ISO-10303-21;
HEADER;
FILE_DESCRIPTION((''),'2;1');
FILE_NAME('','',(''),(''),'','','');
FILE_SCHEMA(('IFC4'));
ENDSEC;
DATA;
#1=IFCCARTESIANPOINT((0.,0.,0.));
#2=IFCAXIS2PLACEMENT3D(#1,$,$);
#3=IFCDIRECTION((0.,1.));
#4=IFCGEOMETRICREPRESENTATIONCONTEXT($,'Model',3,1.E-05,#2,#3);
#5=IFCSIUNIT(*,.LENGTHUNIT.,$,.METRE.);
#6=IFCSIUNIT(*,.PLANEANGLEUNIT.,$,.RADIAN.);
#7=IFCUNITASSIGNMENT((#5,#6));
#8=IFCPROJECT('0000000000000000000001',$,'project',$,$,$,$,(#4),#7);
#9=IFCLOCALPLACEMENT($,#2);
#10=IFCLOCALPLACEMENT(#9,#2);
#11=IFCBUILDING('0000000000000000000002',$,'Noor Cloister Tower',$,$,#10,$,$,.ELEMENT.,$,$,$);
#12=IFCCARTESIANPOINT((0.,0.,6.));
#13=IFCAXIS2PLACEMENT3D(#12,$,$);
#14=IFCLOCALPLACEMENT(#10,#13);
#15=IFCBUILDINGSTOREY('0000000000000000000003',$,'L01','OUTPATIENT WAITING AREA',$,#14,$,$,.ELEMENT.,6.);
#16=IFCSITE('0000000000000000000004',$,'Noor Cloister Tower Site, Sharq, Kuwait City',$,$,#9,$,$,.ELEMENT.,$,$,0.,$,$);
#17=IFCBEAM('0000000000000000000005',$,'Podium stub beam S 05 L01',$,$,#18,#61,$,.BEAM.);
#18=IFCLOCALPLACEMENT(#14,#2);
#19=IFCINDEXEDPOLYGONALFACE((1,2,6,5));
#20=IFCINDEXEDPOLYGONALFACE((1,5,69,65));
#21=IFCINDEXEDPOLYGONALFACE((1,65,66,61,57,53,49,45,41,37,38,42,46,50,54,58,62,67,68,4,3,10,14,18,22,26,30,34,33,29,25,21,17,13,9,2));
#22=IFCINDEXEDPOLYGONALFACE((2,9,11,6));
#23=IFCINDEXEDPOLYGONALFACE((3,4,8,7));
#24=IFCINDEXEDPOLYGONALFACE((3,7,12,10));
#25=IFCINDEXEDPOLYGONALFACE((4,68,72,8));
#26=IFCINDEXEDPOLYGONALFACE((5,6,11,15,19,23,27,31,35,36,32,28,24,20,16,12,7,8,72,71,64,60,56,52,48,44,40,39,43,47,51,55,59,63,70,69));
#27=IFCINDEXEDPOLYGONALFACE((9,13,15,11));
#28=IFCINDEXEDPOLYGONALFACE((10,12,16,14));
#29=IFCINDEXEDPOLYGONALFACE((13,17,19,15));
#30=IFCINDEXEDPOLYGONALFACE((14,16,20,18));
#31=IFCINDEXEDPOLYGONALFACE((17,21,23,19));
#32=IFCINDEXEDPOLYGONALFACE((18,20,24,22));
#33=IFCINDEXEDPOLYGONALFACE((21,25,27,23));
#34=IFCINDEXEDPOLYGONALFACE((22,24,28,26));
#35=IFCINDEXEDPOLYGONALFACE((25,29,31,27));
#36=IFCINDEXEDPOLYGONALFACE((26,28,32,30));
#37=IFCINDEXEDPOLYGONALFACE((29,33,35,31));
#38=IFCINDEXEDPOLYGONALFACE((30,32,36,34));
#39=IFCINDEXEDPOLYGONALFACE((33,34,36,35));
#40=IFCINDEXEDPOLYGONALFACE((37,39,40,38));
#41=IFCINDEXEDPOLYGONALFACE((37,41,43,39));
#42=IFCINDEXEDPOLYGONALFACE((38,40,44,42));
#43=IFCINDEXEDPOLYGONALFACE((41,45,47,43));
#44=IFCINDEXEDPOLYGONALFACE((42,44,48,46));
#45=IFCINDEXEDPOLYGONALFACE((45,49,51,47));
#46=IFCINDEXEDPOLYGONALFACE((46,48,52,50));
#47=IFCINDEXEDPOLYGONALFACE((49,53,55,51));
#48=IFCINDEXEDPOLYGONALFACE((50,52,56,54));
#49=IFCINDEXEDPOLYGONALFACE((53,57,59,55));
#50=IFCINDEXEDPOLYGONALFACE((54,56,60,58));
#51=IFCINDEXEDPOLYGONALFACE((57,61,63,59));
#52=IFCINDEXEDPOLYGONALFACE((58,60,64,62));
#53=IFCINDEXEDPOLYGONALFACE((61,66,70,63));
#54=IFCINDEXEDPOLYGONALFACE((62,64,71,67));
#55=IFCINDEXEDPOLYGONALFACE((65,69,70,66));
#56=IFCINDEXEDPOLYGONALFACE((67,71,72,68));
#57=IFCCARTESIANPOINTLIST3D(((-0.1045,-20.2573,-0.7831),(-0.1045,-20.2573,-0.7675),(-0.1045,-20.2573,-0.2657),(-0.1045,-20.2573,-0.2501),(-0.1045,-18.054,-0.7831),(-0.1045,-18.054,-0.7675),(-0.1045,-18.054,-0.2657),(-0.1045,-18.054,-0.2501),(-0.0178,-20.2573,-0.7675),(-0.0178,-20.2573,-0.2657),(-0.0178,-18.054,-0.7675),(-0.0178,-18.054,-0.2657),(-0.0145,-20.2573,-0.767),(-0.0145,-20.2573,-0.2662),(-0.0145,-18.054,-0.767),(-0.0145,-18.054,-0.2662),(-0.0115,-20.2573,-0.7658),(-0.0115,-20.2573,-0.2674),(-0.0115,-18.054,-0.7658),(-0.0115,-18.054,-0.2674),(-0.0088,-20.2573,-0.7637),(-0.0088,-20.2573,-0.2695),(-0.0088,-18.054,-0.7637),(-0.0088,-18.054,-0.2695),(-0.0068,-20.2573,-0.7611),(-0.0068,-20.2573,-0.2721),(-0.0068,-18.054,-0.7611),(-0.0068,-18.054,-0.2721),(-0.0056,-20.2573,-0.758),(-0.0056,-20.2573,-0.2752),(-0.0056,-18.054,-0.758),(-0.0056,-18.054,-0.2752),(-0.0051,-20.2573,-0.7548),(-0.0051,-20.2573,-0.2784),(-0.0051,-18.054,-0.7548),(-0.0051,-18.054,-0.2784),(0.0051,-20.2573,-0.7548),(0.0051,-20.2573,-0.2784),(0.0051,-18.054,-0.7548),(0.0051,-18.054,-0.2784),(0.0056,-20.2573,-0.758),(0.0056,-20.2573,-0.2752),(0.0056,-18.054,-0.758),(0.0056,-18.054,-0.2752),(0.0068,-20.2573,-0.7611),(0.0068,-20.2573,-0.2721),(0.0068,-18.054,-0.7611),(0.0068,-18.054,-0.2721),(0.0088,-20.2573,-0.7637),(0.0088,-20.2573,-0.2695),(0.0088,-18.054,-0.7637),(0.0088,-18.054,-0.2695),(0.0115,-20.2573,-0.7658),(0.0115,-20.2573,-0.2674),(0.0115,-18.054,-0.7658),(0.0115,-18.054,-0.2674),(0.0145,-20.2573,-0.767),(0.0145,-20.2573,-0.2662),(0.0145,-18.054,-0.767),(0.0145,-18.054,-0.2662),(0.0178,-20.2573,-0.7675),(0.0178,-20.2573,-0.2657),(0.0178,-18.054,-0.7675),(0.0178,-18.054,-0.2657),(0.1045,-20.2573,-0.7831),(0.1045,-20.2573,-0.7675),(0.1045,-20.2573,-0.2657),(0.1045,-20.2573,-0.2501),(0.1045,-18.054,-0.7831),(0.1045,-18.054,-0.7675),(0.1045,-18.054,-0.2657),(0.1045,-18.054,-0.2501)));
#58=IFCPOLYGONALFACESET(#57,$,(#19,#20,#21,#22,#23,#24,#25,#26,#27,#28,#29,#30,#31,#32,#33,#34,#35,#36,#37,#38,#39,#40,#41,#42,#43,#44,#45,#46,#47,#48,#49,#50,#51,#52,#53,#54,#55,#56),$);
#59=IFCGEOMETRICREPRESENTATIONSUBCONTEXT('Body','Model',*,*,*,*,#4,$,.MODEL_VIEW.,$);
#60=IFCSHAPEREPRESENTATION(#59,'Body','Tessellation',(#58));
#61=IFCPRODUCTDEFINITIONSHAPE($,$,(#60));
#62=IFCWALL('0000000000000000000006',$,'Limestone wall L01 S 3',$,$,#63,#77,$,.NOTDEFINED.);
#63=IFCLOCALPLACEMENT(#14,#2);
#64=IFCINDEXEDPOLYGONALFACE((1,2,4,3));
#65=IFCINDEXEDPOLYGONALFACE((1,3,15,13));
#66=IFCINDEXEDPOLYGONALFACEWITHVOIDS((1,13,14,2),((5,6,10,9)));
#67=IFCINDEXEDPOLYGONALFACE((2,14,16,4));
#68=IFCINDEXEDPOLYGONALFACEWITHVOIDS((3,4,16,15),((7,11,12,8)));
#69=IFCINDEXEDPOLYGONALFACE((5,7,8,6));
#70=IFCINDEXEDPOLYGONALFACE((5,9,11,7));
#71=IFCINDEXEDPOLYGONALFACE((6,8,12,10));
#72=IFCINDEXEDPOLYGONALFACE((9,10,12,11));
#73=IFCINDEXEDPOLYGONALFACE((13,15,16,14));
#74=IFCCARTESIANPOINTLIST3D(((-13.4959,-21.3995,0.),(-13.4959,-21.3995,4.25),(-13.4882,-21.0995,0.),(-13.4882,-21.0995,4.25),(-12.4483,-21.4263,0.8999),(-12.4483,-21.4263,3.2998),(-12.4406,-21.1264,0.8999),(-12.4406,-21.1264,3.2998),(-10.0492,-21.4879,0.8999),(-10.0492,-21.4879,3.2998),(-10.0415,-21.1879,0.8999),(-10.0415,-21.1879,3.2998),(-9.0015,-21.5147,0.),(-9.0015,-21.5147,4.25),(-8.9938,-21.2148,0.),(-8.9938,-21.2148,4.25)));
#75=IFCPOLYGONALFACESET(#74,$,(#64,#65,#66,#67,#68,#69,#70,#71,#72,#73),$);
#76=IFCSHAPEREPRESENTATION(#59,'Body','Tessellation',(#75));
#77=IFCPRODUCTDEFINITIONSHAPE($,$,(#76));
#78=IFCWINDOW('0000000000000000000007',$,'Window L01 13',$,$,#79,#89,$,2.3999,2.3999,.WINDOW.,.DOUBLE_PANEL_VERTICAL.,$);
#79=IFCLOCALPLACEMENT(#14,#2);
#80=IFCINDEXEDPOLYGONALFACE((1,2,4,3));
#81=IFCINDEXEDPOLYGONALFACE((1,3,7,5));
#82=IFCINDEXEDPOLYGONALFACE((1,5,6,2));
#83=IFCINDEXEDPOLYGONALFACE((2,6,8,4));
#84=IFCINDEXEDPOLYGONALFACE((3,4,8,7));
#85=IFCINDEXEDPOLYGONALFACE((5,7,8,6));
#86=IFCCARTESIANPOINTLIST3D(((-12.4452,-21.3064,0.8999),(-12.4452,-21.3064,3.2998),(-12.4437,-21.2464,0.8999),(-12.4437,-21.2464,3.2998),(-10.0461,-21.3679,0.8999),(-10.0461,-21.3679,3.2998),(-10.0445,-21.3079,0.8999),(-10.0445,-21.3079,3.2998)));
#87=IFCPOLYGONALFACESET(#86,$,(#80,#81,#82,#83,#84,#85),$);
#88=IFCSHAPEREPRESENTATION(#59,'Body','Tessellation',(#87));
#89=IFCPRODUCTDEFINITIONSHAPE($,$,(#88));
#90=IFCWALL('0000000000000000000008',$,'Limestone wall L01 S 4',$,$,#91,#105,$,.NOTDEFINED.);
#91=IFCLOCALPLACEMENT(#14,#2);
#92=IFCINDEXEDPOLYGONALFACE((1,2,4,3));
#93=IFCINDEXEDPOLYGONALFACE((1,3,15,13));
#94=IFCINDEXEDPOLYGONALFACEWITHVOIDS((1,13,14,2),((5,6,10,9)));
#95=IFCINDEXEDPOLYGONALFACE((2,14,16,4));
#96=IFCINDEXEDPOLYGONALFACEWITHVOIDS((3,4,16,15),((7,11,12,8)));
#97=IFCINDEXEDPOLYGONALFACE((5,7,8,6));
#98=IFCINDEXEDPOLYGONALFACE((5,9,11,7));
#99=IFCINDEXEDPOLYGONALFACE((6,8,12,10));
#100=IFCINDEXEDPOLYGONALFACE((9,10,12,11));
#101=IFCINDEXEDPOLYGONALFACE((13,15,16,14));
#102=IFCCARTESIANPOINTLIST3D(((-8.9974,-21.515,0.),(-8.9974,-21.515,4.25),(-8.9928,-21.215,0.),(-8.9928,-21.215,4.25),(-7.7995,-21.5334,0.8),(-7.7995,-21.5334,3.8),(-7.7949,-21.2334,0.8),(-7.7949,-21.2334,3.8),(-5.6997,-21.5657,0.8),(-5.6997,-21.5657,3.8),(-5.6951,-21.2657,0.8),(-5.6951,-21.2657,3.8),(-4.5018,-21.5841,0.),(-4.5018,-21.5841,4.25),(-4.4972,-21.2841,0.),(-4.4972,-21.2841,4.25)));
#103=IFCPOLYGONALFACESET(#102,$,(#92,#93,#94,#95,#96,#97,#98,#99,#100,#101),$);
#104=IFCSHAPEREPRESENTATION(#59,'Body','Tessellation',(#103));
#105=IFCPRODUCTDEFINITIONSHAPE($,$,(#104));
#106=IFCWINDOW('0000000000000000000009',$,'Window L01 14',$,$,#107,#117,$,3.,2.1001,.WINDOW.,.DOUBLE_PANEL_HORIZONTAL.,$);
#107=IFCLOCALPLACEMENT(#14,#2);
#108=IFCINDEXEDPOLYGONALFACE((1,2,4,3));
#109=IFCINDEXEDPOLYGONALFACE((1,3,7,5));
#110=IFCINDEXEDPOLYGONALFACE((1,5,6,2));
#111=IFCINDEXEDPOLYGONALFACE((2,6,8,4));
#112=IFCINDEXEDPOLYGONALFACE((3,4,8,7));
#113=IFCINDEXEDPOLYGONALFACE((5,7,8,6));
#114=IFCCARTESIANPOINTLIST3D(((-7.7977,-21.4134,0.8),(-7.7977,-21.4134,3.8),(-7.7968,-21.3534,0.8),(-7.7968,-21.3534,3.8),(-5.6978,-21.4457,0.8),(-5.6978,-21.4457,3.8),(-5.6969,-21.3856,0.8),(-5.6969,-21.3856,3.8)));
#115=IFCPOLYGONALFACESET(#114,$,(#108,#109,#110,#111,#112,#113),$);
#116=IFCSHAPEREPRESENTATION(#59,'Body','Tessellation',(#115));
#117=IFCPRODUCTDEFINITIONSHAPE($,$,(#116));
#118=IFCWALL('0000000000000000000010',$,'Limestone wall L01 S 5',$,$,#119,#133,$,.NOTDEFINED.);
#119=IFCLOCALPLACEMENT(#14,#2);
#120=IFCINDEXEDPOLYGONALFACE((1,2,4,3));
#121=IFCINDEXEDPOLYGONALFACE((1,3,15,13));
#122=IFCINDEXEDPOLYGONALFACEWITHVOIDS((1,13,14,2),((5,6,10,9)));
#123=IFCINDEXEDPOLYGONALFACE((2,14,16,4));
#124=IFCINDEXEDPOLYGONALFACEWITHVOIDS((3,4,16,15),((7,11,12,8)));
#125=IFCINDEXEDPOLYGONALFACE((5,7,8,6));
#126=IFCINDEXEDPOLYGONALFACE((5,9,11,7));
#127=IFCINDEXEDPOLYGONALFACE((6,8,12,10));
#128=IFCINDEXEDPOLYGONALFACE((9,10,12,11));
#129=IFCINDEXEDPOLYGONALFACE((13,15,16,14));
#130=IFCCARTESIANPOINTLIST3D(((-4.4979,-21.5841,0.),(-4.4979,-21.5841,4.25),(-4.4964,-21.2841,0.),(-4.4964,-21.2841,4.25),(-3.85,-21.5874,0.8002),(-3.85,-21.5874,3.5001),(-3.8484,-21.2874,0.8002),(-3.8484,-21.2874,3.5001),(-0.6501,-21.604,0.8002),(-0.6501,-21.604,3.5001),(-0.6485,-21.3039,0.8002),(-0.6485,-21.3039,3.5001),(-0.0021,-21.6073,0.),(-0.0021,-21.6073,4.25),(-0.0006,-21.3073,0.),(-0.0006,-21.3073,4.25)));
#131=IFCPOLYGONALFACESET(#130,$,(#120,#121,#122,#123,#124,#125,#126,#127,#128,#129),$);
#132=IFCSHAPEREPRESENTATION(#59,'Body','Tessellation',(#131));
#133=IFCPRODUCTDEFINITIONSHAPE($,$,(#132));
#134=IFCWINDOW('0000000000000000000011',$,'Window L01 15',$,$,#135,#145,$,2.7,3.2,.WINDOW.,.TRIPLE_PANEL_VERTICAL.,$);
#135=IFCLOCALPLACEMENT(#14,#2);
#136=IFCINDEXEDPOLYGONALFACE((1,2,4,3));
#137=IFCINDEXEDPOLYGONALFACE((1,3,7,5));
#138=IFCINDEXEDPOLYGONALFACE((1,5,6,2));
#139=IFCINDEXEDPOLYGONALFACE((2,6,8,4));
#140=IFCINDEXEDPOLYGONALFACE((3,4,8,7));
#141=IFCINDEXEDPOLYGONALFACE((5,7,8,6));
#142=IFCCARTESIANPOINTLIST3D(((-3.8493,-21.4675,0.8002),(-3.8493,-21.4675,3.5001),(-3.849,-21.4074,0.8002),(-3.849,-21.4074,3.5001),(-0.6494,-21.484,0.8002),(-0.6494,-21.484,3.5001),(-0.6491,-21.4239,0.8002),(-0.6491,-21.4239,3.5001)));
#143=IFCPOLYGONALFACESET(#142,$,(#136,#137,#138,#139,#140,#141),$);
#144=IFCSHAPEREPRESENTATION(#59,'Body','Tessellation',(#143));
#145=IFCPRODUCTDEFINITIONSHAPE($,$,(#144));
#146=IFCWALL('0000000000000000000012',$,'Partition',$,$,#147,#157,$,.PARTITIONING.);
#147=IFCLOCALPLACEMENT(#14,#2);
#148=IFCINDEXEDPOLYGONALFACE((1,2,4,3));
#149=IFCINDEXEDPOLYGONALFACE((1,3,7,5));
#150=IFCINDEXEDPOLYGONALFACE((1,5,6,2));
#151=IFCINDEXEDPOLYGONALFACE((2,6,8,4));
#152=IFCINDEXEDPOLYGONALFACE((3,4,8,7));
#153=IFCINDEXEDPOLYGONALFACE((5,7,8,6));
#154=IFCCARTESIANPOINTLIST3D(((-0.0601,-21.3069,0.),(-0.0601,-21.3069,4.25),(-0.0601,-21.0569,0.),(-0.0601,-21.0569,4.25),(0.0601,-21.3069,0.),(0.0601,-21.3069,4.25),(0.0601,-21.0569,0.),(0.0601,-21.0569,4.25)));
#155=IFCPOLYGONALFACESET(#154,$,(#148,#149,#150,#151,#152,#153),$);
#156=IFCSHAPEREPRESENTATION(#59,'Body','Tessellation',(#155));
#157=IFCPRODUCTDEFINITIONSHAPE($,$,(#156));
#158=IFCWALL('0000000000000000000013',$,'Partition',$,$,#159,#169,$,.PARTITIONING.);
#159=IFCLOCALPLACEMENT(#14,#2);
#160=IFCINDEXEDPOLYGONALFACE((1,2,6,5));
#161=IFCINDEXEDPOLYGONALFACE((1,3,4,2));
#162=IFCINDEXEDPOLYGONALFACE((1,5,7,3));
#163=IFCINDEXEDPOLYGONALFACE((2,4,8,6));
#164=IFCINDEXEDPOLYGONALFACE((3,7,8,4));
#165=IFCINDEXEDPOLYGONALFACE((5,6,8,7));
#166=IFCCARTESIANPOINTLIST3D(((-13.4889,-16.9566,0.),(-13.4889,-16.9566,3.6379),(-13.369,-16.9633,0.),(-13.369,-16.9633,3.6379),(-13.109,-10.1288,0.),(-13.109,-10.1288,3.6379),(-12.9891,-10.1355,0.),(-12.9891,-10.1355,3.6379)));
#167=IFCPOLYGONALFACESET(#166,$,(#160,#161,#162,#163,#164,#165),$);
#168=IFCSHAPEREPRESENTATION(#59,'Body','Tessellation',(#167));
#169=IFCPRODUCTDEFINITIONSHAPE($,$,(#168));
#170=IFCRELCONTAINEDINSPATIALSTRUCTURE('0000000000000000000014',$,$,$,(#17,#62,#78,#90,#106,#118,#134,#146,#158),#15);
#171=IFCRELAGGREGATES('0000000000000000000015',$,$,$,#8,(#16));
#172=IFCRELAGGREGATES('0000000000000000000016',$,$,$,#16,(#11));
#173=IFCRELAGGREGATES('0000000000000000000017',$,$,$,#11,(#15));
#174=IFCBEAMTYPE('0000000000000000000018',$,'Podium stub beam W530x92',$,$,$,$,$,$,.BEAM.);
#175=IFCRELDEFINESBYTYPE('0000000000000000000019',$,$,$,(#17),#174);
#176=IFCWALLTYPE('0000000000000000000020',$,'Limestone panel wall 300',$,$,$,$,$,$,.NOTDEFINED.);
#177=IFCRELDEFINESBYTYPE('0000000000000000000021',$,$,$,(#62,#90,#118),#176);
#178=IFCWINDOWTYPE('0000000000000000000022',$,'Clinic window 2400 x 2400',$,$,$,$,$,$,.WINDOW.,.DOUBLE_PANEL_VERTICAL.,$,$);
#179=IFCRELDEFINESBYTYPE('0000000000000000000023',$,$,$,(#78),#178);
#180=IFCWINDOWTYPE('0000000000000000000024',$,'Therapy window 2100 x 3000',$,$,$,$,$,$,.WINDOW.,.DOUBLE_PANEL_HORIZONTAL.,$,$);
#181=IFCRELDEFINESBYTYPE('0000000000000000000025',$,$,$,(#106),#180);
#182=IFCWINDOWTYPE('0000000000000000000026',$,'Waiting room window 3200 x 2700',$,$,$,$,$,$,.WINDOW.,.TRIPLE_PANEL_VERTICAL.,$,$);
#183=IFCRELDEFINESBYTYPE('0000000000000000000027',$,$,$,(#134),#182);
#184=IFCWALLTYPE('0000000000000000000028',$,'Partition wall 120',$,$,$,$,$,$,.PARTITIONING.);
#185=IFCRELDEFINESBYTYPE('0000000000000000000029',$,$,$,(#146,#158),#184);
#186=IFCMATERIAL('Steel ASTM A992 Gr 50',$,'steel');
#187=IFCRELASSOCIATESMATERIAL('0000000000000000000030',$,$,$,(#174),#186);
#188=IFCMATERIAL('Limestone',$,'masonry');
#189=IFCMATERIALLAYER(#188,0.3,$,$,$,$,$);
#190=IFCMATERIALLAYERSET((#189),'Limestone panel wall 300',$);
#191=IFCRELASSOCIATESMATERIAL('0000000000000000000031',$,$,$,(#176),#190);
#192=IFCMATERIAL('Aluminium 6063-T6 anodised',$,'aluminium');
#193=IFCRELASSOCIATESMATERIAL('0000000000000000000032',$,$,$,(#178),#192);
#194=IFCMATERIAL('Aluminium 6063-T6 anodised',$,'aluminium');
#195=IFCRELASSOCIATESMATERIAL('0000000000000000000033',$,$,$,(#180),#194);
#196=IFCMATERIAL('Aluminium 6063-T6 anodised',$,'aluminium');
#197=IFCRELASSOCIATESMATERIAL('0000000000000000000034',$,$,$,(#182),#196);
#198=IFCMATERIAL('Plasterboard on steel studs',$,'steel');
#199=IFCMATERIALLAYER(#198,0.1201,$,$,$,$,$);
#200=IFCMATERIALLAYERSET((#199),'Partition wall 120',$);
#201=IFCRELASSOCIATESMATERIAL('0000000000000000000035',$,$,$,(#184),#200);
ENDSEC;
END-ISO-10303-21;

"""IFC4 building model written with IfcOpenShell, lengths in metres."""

from ifc_helpers import new_model, si_unit, direction, frame, frame_2d, origin, origin_2d, place, context, subcontext, project, spatial, rectangle, i_section, extrude, material, layer, layer_set, material_profile, profile_set, type_object, element, fill, save


model = new_model("IFC4")

# Units and contexts
model_context = context("Model", 3, precision=1e-05, world=origin(), true_north=direction((0.0, 1.0)))
body_context = subcontext(model_context, "Body", "Model", "MODEL_VIEW")
ifc_project = project(units=[si_unit("LENGTHUNIT", "METRE"), si_unit("PLANEANGLEUNIT", "RADIAN")], contexts=[model_context])

# Site, building, storey
site_placement = place(None, origin())
site = spatial("IfcSite", under=ifc_project, at=site_placement, Name="Noor Cloister Tower Site, Sharq, Kuwait City", CompositionType="ELEMENT", RefElevation=0.0)
building_placement = place(site_placement, origin())
building = spatial("IfcBuilding", under=site, at=building_placement, Name="Noor Cloister Tower", CompositionType="ELEMENT")
storey_placement = place(building_placement, frame((0.0, 0.0, 6.0)))
storey = spatial("IfcBuildingStorey", under=building, at=storey_placement, Name="L01", Description="OUTPATIENT WAITING AREA", CompositionType="ELEMENT", Elevation=6.0)

# Beam
ifc_material_1 = material(Name="Steel ASTM A992 Gr 50", Category="steel")
ifc_material_profile_1 = material_profile(ifc_material_1, i_section(OverallWidth=0.209, OverallDepth=0.533, WebThickness=0.0103, FlangeThickness=0.0156, FilletRadius=0.0127, at=origin_2d()), Name="W530x92")
ifc_profile_set_1 = profile_set([ifc_material_profile_1], Name="Steel ASTM A992 Gr 50")
beam_type_1 = type_object("IfcBeamType", Name="Podium stub beam W530x92", PredefinedType="BEAM", material=ifc_profile_set_1)
beam_1_placement = place(storey_placement, frame((0.0, -18.054, -0.5166), z_axis=(0.0, -1.0, 0.0), x_axis=(1.0, 0.0, 0.0)))
element("IfcBeam", 1, at=beam_1_placement, inside=storey, type_object=beam_type_1, Name="Podium stub beam S 05 L01", PredefinedType="BEAM", context=body_context, shape_type="SweptSolid", body=[
    extrude(i_section(OverallWidth=0.209, OverallDepth=0.533, WebThickness=0.0103, FlangeThickness=0.0156, FilletRadius=0.0127, at=origin_2d()), origin(), (0.0, 0.0, 1.0), 2.2034),
])

# Walls, openings, windows
ifc_material_2 = material(Name="Limestone", Category="masonry")
ifc_layer_1 = layer(ifc_material_2, 0.3)
ifc_layer_set_1 = layer_set([ifc_layer_1], Name="Limestone panel wall 300")
wall_type_1 = type_object("IfcWallType", Name="Limestone panel wall 300", PredefinedType="NOTDEFINED", material=ifc_layer_set_1)
wall_1_placement = place(storey_placement, frame((-8.9976, -21.3647, 0.0), z_axis=(0.0, 0.0, 1.0), x_axis=(-0.999671, 0.025631, 0.0)))
wall_1 = element("IfcWall", 2, at=wall_1_placement, inside=storey, type_object=wall_type_1, Name="Limestone wall L01 S 3", PredefinedType="NOTDEFINED", context=body_context, shape_type="SweptSolid", body=[
    extrude(rectangle(XDim=4.4958, YDim=0.3, at=frame_2d((2.248, 0.0))), origin(), (0.0, 0.0, 1.0), 4.25),
])
opening_1_placement = place(wall_1_placement, frame((1.0481, 0.0, 0.8999)))
opening_1 = element("IfcOpeningElement", 3, at=opening_1_placement, cuts=wall_1, PredefinedType="OPENING", context=body_context, shape_type="SweptSolid", body=[
    extrude(rectangle(XDim=2.3999, YDim=2.3999, at=frame_2d((1.2, 1.2))), frame((0.0, 0.1602, 0.0), z_axis=(0.0, -1.0, 0.0), x_axis=(1.0, 0.0, 0.0)), (0.0, 0.0, 1.0), 0.3201),
])
ifc_material_3 = material(Name="Aluminium 6063-T6 anodised", Category="aluminium")
window_type_1 = type_object("IfcWindowType", Name="Clinic window 2400 x 2400", PartitioningType="DOUBLE_PANEL_VERTICAL", PredefinedType="WINDOW", material=ifc_material_3)
window_1_placement = place(opening_1_placement, origin())
window_1 = element("IfcWindow", 4, at=window_1_placement, inside=storey, type_object=window_type_1, Name="Window L01 13", OverallHeight=2.3999, OverallWidth=2.3999, PartitioningType="DOUBLE_PANEL_VERTICAL", PredefinedType="WINDOW", context=body_context, shape_type="SweptSolid", body=[
    extrude(rectangle(XDim=2.3999, YDim=2.3999, at=frame_2d((1.2, 1.2))), frame((0.0, 0.03, 0.0), z_axis=(0.0, -1.0, 0.0), x_axis=(1.0, 0.0, 0.0)), (0.0, 0.0, 1.0), 0.0601),
])
fill(opening_1, window_1)
wall_2_placement = place(storey_placement, frame((-4.4995, -21.4341, 0.0), z_axis=(0.0, 0.0, 1.0), x_axis=(-0.999882, 0.015367, 0.0)))
wall_2 = element("IfcWall", 5, at=wall_2_placement, inside=storey, type_object=wall_type_1, Name="Limestone wall L01 S 4", PredefinedType="NOTDEFINED", context=body_context, shape_type="SweptSolid", body=[
    extrude(rectangle(XDim=4.4961, YDim=0.3, at=frame_2d((2.248, 0.0))), origin(), (0.0, 0.0, 1.0), 4.25),
])
opening_2_placement = place(wall_2_placement, frame((1.198, 0.0, 0.8)))
opening_2 = element("IfcOpeningElement", 6, at=opening_2_placement, cuts=wall_2, PredefinedType="OPENING", context=body_context, shape_type="SweptSolid", body=[
    extrude(rectangle(XDim=2.1001, YDim=3.0, at=frame_2d((1.05, 1.5))), frame((0.0, 0.1602, 0.0), z_axis=(0.0, -1.0, 0.0), x_axis=(1.0, 0.0, 0.0)), (0.0, 0.0, 1.0), 0.3201),
])
ifc_material_4 = material(Name="Aluminium 6063-T6 anodised", Category="aluminium")
window_type_2 = type_object("IfcWindowType", Name="Therapy window 2100 x 3000", PartitioningType="DOUBLE_PANEL_HORIZONTAL", PredefinedType="WINDOW", material=ifc_material_4)
window_2_placement = place(opening_2_placement, origin())
window_2 = element("IfcWindow", 7, at=window_2_placement, inside=storey, type_object=window_type_2, Name="Window L01 14", OverallHeight=3.0, OverallWidth=2.1001, PartitioningType="DOUBLE_PANEL_HORIZONTAL", PredefinedType="WINDOW", context=body_context, shape_type="SweptSolid", body=[
    extrude(rectangle(XDim=2.1001, YDim=3.0, at=frame_2d((1.05, 1.5))), frame((0.0, 0.03, 0.0), z_axis=(0.0, -1.0, 0.0), x_axis=(1.0, 0.0, 0.0)), (0.0, 0.0, 1.0), 0.0601),
])
fill(opening_2, window_2)
wall_3_placement = place(storey_placement, frame((-0.0012, -21.4573, 0.0), z_axis=(0.0, 0.0, 1.0), x_axis=(-0.999987, 0.005159, 0.0)))
wall_3 = element("IfcWall", 8, at=wall_3_placement, inside=storey, type_object=wall_type_1, Name="Limestone wall L01 S 5", PredefinedType="NOTDEFINED", context=body_context, shape_type="SweptSolid", body=[
    extrude(rectangle(XDim=4.4958, YDim=0.3, at=frame_2d((2.248, 0.0))), origin(), (0.0, 0.0, 1.0), 4.25),
])
opening_3_placement = place(wall_3_placement, frame((0.6479, 0.0, 0.8)))
opening_3 = element("IfcOpeningElement", 9, at=opening_3_placement, cuts=wall_3, PredefinedType="OPENING", context=body_context, shape_type="SweptSolid", body=[
    extrude(rectangle(XDim=3.2, YDim=2.7, at=frame_2d((1.6001, 1.3501))), frame((0.0, 0.1602, 0.0), z_axis=(0.0, -1.0, 0.0), x_axis=(1.0, 0.0, 0.0)), (0.0, 0.0, 1.0), 0.3201),
])
ifc_material_5 = material(Name="Aluminium 6063-T6 anodised", Category="aluminium")
window_type_3 = type_object("IfcWindowType", Name="Waiting room window 3200 x 2700", PartitioningType="TRIPLE_PANEL_VERTICAL", PredefinedType="WINDOW", material=ifc_material_5)
window_3_placement = place(opening_3_placement, origin())
window_3 = element("IfcWindow", 10, at=window_3_placement, inside=storey, type_object=window_type_3, Name="Window L01 15", OverallHeight=2.7, OverallWidth=3.2, PartitioningType="TRIPLE_PANEL_VERTICAL", PredefinedType="WINDOW", context=body_context, shape_type="SweptSolid", body=[
    extrude(rectangle(XDim=3.2, YDim=2.7, at=frame_2d((1.6001, 1.3501))), frame((0.0, 0.03, 0.0), z_axis=(0.0, -1.0, 0.0), x_axis=(1.0, 0.0, 0.0)), (0.0, 0.0, 1.0), 0.0601),
])
fill(opening_3, window_3)

# Walls
ifc_material_6 = material(Name="Plasterboard on steel studs", Category="steel")
ifc_layer_2 = layer(ifc_material_6, 0.1201)
ifc_layer_set_2 = layer_set([ifc_layer_2], Name="Partition wall 120")
wall_type_2 = type_object("IfcWallType", Name="Partition wall 120", PredefinedType="PARTITIONING", material=ifc_layer_set_2)
wall_4_placement = place(storey_placement, frame((0.0, -21.0569, 0.0), z_axis=(0.0, 0.0, 1.0), x_axis=(0.0, -1.0, 0.0)))
element("IfcWall", 11, at=wall_4_placement, inside=storey, type_object=wall_type_2, Name="Partition", PredefinedType="PARTITIONING", context=body_context, shape_type="SweptSolid", body=[
    extrude(rectangle(XDim=0.25, YDim=0.1201, at=frame_2d((0.125, 0.0))), origin(), (0.0, 0.0, 1.0), 4.25),
])
wall_5_placement = place(storey_placement, frame((-13.429, -16.96, 0.0), z_axis=(0.0, 0.0, 1.0), x_axis=(0.055551, 0.998456, 0.0)))
element("IfcWall", 12, at=wall_5_placement, inside=storey, type_object=wall_type_2, Name="Partition", PredefinedType="PARTITIONING", context=body_context, shape_type="SweptSolid", body=[
    extrude(rectangle(XDim=6.8384, YDim=0.1201, at=frame_2d((3.4192, 0.0))), origin(), (0.0, 0.0, 1.0), 3.6379),
])

save(model, "model.ifc")
